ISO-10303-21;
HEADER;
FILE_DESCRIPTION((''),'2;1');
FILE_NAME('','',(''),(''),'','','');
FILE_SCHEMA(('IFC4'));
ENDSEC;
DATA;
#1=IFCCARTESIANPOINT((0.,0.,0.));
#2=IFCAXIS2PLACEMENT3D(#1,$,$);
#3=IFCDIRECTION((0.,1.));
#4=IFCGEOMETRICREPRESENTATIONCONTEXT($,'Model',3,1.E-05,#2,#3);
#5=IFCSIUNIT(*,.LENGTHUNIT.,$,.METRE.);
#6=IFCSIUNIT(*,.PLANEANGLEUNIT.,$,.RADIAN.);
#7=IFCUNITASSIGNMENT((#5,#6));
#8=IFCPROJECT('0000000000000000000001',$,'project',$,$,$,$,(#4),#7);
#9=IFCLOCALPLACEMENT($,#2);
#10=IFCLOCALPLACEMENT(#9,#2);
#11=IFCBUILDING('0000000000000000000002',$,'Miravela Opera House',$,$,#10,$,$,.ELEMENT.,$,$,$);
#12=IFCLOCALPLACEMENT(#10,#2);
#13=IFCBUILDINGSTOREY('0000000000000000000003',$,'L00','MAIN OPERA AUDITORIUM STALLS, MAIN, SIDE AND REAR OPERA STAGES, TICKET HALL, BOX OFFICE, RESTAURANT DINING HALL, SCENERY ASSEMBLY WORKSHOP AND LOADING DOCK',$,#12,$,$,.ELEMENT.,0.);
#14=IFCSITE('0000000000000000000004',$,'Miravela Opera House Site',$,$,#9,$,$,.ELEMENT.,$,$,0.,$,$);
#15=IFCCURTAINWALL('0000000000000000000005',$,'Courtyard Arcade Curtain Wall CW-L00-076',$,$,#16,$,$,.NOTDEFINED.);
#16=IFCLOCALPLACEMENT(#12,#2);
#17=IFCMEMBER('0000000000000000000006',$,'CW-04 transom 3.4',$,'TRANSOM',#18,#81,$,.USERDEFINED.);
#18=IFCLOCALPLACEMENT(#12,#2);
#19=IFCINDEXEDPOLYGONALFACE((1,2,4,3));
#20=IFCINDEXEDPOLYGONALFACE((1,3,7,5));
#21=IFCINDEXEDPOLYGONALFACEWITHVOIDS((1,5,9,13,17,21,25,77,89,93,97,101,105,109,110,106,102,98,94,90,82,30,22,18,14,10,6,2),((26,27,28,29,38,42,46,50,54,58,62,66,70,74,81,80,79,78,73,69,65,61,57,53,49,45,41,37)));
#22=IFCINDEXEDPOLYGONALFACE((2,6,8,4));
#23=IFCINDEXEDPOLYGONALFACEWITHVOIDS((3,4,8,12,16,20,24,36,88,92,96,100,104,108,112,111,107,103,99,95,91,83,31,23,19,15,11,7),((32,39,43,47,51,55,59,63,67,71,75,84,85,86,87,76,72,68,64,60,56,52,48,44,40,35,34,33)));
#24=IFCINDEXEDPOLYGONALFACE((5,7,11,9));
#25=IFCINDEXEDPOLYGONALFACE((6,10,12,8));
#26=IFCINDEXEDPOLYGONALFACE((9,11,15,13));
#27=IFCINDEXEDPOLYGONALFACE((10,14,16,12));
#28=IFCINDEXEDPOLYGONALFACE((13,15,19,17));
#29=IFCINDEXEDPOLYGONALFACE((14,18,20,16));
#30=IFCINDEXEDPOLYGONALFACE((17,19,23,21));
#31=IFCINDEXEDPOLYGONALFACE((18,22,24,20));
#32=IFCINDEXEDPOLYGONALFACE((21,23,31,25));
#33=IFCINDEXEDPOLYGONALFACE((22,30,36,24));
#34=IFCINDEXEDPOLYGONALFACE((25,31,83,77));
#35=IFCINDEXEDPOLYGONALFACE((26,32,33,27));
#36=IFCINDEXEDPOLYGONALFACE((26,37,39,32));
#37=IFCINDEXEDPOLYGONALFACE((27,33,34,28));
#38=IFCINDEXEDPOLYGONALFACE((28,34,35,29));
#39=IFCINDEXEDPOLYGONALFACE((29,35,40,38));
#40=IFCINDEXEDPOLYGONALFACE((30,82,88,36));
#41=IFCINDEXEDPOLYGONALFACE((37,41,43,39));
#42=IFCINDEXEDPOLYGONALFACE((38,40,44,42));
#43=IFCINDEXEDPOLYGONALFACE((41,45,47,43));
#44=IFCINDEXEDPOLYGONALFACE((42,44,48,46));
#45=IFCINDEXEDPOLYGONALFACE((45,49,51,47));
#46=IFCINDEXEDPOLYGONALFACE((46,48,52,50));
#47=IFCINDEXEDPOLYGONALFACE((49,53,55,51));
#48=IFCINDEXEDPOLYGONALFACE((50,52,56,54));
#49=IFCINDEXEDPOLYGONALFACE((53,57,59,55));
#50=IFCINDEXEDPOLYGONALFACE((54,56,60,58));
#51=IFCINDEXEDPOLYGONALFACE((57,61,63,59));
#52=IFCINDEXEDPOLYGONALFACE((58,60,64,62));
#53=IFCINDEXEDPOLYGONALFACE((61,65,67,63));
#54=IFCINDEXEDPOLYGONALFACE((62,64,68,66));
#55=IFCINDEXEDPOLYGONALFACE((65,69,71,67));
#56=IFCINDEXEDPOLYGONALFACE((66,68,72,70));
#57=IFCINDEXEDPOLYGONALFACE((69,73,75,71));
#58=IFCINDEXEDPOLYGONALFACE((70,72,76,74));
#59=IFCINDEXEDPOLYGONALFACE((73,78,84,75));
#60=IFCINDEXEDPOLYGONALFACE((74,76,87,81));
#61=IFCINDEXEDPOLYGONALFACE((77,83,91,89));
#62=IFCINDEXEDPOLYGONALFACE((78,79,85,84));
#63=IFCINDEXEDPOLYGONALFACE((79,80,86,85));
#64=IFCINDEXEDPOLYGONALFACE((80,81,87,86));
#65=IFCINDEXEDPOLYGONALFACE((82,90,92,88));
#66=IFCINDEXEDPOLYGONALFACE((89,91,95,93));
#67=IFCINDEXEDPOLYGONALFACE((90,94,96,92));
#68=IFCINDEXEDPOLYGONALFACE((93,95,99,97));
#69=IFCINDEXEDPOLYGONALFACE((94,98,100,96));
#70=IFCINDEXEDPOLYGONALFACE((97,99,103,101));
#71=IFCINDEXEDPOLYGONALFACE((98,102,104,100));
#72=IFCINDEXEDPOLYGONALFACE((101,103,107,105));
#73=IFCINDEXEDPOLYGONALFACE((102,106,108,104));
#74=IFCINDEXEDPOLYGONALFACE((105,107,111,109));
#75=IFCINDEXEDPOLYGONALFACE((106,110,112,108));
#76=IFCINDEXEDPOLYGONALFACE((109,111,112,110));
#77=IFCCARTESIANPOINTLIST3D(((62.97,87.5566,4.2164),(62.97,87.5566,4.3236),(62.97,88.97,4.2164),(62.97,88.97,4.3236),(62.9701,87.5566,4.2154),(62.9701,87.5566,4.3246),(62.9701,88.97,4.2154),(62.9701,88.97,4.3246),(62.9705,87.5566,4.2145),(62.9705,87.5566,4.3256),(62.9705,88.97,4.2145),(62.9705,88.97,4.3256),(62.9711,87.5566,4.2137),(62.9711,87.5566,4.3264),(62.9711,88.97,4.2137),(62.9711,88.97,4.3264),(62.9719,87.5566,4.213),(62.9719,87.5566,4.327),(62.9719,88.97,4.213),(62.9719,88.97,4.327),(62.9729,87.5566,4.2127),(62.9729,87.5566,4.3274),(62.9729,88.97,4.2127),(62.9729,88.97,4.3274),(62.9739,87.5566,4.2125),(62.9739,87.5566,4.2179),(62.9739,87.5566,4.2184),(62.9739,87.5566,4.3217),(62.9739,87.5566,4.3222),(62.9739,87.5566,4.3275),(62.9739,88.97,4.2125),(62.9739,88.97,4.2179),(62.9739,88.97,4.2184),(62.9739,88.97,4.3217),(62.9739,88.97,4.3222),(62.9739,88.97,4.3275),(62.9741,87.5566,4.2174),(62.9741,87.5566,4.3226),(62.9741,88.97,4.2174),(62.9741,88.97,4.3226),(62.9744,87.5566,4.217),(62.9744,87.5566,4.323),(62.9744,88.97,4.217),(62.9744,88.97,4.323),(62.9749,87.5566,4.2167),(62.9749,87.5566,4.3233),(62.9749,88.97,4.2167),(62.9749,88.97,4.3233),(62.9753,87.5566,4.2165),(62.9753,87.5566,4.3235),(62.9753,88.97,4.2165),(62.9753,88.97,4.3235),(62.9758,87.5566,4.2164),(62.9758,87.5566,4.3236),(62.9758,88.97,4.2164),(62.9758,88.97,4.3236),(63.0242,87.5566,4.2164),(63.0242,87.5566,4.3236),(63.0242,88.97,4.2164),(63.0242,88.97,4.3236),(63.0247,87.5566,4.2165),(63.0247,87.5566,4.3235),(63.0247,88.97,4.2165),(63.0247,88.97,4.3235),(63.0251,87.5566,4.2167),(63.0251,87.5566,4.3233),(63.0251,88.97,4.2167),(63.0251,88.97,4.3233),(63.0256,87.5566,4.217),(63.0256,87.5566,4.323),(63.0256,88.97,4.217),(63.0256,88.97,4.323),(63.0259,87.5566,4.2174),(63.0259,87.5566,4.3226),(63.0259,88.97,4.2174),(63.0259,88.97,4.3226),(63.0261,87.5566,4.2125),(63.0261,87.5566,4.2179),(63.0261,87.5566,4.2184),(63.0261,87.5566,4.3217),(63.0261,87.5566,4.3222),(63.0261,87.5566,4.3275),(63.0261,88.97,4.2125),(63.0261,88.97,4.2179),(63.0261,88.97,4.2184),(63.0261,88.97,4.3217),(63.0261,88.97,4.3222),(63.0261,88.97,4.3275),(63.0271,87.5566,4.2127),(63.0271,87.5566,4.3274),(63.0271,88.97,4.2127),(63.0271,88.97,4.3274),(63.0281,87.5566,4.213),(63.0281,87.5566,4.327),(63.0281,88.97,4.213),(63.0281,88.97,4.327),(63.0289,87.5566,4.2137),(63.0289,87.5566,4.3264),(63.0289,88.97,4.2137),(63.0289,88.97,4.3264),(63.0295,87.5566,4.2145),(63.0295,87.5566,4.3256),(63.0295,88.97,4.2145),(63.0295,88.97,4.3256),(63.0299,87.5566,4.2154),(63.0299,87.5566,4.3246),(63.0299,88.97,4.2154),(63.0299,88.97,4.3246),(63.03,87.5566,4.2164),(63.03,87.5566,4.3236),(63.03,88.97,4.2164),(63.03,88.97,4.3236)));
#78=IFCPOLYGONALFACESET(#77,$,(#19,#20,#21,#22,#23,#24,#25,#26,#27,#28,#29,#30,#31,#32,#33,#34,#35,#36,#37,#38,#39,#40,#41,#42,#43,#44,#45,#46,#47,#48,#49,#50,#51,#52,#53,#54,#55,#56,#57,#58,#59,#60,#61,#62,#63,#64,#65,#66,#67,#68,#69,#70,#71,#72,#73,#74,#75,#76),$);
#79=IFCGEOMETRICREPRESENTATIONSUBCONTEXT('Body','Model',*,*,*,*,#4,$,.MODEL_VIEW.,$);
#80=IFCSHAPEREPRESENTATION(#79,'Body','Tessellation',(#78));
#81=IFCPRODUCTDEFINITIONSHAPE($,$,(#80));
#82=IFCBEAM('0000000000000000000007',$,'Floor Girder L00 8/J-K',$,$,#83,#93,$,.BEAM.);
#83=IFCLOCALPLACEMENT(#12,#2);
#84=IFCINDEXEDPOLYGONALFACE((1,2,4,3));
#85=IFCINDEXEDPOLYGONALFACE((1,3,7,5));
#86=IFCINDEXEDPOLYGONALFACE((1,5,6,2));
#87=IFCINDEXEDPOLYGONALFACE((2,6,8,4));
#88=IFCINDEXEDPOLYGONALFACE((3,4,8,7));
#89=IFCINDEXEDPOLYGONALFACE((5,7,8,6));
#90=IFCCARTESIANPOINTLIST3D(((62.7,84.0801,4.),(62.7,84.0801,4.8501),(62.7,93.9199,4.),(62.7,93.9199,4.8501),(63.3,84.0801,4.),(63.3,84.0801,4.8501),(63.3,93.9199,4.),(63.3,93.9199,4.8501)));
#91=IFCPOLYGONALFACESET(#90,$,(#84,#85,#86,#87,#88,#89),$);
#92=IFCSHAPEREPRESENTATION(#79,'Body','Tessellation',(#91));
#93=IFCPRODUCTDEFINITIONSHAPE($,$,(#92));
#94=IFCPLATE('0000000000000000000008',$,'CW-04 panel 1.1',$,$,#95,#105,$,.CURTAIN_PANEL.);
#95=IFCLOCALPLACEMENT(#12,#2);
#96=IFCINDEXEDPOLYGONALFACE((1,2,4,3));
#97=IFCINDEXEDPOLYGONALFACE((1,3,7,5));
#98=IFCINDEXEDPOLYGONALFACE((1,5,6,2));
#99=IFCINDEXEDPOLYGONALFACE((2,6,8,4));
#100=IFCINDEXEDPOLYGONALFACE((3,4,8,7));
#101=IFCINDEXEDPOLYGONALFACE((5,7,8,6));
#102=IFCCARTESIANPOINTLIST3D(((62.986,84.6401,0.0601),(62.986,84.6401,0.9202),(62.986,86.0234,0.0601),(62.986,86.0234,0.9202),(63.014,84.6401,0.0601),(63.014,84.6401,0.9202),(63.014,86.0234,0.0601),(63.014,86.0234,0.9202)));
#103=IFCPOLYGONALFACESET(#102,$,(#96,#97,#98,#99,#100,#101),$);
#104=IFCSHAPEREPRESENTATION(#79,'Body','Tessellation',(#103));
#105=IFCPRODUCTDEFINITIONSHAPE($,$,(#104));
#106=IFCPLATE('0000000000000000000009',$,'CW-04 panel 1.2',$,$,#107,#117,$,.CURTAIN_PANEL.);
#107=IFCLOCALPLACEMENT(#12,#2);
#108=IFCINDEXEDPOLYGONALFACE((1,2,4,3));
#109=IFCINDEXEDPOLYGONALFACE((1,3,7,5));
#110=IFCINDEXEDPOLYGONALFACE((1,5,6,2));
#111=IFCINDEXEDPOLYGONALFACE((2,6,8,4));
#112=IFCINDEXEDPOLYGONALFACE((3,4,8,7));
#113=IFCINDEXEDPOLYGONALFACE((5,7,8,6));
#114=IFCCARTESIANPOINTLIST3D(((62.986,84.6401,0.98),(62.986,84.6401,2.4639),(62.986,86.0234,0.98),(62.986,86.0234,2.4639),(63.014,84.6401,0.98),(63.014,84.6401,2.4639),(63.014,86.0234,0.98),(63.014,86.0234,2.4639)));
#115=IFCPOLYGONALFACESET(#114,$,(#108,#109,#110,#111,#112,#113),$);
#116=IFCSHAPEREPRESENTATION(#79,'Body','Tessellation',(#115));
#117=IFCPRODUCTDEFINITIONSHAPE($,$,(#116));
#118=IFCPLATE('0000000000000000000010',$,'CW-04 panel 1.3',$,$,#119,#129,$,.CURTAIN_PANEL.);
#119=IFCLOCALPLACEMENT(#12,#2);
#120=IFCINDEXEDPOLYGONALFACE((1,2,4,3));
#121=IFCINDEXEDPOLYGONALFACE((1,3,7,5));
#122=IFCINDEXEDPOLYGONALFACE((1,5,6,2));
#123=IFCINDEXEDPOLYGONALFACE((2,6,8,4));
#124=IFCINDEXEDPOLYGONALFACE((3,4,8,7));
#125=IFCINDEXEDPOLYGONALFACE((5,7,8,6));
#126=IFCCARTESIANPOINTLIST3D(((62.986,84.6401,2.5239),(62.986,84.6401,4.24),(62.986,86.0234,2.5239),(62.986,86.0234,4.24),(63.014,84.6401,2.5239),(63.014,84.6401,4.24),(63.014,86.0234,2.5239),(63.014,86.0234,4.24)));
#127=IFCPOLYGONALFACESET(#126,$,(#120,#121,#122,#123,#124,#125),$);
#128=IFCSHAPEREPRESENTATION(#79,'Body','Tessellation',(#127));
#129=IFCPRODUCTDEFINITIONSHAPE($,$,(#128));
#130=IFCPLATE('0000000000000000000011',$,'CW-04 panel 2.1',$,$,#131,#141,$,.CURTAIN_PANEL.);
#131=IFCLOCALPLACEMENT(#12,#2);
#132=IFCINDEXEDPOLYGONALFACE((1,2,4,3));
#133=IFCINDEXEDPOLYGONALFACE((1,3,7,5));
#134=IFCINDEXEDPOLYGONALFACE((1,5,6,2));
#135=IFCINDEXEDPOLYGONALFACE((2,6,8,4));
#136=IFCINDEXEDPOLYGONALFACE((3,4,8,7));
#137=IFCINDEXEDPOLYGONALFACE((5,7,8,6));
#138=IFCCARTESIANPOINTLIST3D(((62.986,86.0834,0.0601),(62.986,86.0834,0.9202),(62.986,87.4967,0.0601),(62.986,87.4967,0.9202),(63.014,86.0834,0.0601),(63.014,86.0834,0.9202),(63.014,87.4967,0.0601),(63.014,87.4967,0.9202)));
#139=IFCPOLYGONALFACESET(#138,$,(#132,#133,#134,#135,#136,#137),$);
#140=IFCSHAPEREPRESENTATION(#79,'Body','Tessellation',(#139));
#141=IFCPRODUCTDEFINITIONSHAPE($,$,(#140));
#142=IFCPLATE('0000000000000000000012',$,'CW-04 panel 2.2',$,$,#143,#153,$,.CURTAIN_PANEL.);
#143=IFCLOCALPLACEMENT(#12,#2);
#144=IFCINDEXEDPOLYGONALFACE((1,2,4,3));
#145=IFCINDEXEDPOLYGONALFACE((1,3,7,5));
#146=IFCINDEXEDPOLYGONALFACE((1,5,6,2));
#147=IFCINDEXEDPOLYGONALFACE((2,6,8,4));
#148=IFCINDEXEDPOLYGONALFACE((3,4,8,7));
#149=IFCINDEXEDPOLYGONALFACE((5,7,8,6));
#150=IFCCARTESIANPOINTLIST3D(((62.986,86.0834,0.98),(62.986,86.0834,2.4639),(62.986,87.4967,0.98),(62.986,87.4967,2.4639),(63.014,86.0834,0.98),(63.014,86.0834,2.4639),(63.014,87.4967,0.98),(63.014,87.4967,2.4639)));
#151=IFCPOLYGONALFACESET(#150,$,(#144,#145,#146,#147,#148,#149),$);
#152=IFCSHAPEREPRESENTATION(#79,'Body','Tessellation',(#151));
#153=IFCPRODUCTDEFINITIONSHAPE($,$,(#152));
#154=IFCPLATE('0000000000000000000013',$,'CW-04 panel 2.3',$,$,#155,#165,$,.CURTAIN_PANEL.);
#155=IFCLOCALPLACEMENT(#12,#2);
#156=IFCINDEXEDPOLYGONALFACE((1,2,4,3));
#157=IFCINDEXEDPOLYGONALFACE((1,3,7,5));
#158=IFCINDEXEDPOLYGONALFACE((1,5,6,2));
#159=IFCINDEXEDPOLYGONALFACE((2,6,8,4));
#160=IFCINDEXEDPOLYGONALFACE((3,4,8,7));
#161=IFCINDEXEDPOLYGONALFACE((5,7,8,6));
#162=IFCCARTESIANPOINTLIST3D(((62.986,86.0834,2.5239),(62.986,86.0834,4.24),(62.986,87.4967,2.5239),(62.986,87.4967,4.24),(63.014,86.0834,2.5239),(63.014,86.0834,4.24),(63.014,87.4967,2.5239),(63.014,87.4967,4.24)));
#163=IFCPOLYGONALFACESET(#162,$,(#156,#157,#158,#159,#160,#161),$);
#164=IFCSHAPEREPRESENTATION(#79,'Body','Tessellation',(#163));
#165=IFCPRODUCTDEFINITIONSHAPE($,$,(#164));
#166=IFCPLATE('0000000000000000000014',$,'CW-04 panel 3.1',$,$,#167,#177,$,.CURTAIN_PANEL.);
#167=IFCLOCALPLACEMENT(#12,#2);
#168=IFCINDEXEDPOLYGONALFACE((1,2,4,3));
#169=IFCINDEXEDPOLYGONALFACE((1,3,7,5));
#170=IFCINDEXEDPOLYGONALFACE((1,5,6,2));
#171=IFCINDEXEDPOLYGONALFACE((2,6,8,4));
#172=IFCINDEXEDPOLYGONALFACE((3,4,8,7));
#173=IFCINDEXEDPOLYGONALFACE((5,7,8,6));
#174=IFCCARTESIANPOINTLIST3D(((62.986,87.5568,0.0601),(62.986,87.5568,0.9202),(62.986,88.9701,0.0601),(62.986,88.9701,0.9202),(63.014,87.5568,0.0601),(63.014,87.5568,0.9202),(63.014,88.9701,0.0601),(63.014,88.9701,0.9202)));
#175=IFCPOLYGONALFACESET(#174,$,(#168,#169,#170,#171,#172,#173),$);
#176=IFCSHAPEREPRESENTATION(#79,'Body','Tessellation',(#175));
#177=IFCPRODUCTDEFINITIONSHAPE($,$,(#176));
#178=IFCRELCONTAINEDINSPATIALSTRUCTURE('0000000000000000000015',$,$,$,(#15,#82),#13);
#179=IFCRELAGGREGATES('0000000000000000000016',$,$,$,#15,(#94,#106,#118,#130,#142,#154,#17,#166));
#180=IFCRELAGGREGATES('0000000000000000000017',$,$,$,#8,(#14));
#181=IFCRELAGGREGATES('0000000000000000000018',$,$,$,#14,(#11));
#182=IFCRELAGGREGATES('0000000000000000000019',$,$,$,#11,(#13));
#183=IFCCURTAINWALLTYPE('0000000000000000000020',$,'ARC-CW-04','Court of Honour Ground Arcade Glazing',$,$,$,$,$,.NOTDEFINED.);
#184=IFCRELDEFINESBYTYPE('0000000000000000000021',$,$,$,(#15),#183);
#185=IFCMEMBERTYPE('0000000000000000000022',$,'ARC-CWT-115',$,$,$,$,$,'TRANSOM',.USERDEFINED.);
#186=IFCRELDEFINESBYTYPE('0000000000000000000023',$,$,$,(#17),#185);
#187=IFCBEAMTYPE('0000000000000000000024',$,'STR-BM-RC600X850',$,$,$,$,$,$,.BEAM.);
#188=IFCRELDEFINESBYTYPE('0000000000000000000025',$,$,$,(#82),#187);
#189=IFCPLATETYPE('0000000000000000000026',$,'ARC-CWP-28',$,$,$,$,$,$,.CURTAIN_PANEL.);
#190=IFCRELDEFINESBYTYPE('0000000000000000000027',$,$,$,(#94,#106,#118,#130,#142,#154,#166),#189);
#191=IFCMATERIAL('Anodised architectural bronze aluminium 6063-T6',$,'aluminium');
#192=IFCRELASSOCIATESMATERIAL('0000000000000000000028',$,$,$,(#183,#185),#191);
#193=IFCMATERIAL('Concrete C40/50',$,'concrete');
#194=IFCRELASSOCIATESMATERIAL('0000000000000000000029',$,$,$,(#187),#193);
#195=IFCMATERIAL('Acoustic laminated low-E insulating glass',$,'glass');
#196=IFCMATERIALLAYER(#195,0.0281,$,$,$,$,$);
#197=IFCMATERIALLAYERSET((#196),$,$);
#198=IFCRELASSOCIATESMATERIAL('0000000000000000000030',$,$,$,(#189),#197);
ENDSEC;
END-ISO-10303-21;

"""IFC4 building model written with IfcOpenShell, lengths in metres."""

from ifc_helpers import new_model, si_unit, direction, frame, origin, origin_2d, place, context, subcontext, project, spatial, rectangle, hollow_rectangle, extrude, material, layer, layer_set, material_profile, profile_set, type_object, element, aggregate, save


model = new_model("IFC4")

# Units and contexts
model_context = context("Model", 3, precision=1e-05, world=origin(), true_north=direction((0.0, 1.0)))
body_context = subcontext(model_context, "Body", "Model", "MODEL_VIEW")
ifc_project = project(units=[si_unit("LENGTHUNIT", "METRE"), si_unit("PLANEANGLEUNIT", "RADIAN")], contexts=[model_context])

# Site, building, storey
site_placement = place(None, origin())
site = spatial("IfcSite", under=ifc_project, at=site_placement, Name="Miravela Opera House Site", CompositionType="ELEMENT", RefElevation=0.0)
building_placement = place(site_placement, origin())
building = spatial("IfcBuilding", under=site, at=building_placement, Name="Miravela Opera House", CompositionType="ELEMENT")
storey_placement = place(building_placement, origin())
storey = spatial("IfcBuildingStorey", under=building, at=storey_placement, Name="L00", Description="MAIN OPERA AUDITORIUM STALLS, MAIN, SIDE AND REAR OPERA STAGES, TICKET HALL, BOX OFFICE, RESTAURANT DINING HALL, SCENERY ASSEMBLY WORKSHOP AND LOADING DOCK", CompositionType="ELEMENT", Elevation=0.0)

# Curtain wall, member
ifc_material_1 = material(Name="Anodised architectural bronze aluminium 6063-T6", Category="aluminium")
curtain_wall_type = type_object("IfcCurtainWallType", Name="ARC-CW-04", Description="Court of Honour Ground Arcade Glazing", PredefinedType="NOTDEFINED", material=ifc_material_1)
curtain_wall_placement = place(storey_placement, origin())
curtain_wall = element("IfcCurtainWall", 1, at=curtain_wall_placement, inside=storey, type_object=curtain_wall_type, Name="Courtyard Arcade Curtain Wall CW-L00-076", PredefinedType="NOTDEFINED")
ifc_material_profile_1 = material_profile(ifc_material_1, hollow_rectangle(XDim=0.0601, YDim=0.115, WallThickness=0.0039, InnerFilletRadius=0.002, OuterFilletRadius=0.0039, at=origin_2d()), Name="CWT-60X115")
ifc_profile_set_1 = profile_set([ifc_material_profile_1])
member_type_1 = type_object("IfcMemberType", Name="ARC-CWT-115", ElementType="TRANSOM", PredefinedType="USERDEFINED", material=ifc_profile_set_1)
member_1_placement = place(storey_placement, frame((63.0, 87.5566, 4.27), z_axis=(0.0, 1.0, 0.0), x_axis=(-1.0, 0.0, 0.0)))
member_1 = element("IfcMember", 2, at=member_1_placement, type_object=member_type_1, Name="CW-04 transom 3.4", ObjectType="TRANSOM", PredefinedType="USERDEFINED", context=body_context, shape_type="SweptSolid", body=[
    extrude(hollow_rectangle(XDim=0.0601, YDim=0.115, WallThickness=0.0039, InnerFilletRadius=0.002, OuterFilletRadius=0.0039, at=origin_2d()), origin(), (0.0, 0.0, 1.0), 1.4133),
])

# Beam
ifc_material_2 = material(Name="Concrete C40/50", Category="concrete")
ifc_material_profile_2 = material_profile(ifc_material_2, rectangle(XDim=0.6001, YDim=0.8501, at=origin_2d()), Name="RC-BM-600X850")
ifc_profile_set_2 = profile_set([ifc_material_profile_2])
beam_type = type_object("IfcBeamType", Name="STR-BM-RC600X850", PredefinedType="BEAM", material=ifc_profile_set_2)
beam_placement = place(storey_placement, frame((63.0, 84.0801, 4.425), z_axis=(0.0, 1.0, 0.0), x_axis=(-1.0, 0.0, 0.0)))
element("IfcBeam", 3, at=beam_placement, inside=storey, type_object=beam_type, Name="Floor Girder L00 8/J-K", PredefinedType="BEAM", context=body_context, shape_type="SweptSolid", body=[
    extrude(rectangle(XDim=0.6001, YDim=0.8501, at=origin_2d()), origin(), (0.0, 0.0, 1.0), 9.8398),
])

# Plates
ifc_material_3 = material(Name="Acoustic laminated low-E insulating glass", Category="glass")
ifc_layer = layer(ifc_material_3, 0.0281)
ifc_layer_set = layer_set([ifc_layer])
plate_type = type_object("IfcPlateType", Name="ARC-CWP-28", PredefinedType="CURTAIN_PANEL", material=ifc_layer_set)
plate_1_placement = place(storey_placement, frame((63.0, 85.3318, 0.0601), z_axis=(0.0, 0.0, 1.0), x_axis=(0.0, 1.0, 0.0)))
plate_1 = element("IfcPlate", 4, at=plate_1_placement, type_object=plate_type, Name="CW-04 panel 1.1", PredefinedType="CURTAIN_PANEL", context=body_context, shape_type="SweptSolid", body=[
    extrude(rectangle(XDim=1.3833, YDim=0.0281, at=origin_2d()), origin(), (0.0, 0.0, 1.0), 0.8601),
])
plate_2_placement = place(storey_placement, frame((63.0, 85.3318, 0.98), z_axis=(0.0, 0.0, 1.0), x_axis=(0.0, 1.0, 0.0)))
plate_2 = element("IfcPlate", 5, at=plate_2_placement, type_object=plate_type, Name="CW-04 panel 1.2", PredefinedType="CURTAIN_PANEL", context=body_context, shape_type="SweptSolid", body=[
    extrude(rectangle(XDim=1.3833, YDim=0.0281, at=origin_2d()), origin(), (0.0, 0.0, 1.0), 1.4839),
])
plate_3_placement = place(storey_placement, frame((63.0, 85.3318, 2.5239), z_axis=(0.0, 0.0, 1.0), x_axis=(0.0, 1.0, 0.0)))
plate_3 = element("IfcPlate", 6, at=plate_3_placement, type_object=plate_type, Name="CW-04 panel 1.3", PredefinedType="CURTAIN_PANEL", context=body_context, shape_type="SweptSolid", body=[
    extrude(rectangle(XDim=1.3833, YDim=0.0281, at=origin_2d()), origin(), (0.0, 0.0, 1.0), 1.7161),
])
plate_4_placement = place(storey_placement, frame((63.0, 86.79, 0.0601), z_axis=(0.0, 0.0, 1.0), x_axis=(0.0, 1.0, 0.0)))
plate_4 = element("IfcPlate", 7, at=plate_4_placement, type_object=plate_type, Name="CW-04 panel 2.1", PredefinedType="CURTAIN_PANEL", context=body_context, shape_type="SweptSolid", body=[
    extrude(rectangle(XDim=1.4133, YDim=0.0281, at=origin_2d()), origin(), (0.0, 0.0, 1.0), 0.8601),
])
plate_5_placement = place(storey_placement, frame((63.0, 86.79, 0.98), z_axis=(0.0, 0.0, 1.0), x_axis=(0.0, 1.0, 0.0)))
plate_5 = element("IfcPlate", 8, at=plate_5_placement, type_object=plate_type, Name="CW-04 panel 2.2", PredefinedType="CURTAIN_PANEL", context=body_context, shape_type="SweptSolid", body=[
    extrude(rectangle(XDim=1.4133, YDim=0.0281, at=origin_2d()), origin(), (0.0, 0.0, 1.0), 1.4839),
])
plate_6_placement = place(storey_placement, frame((63.0, 86.79, 2.5239), z_axis=(0.0, 0.0, 1.0), x_axis=(0.0, 1.0, 0.0)))
plate_6 = element("IfcPlate", 9, at=plate_6_placement, type_object=plate_type, Name="CW-04 panel 2.3", PredefinedType="CURTAIN_PANEL", context=body_context, shape_type="SweptSolid", body=[
    extrude(rectangle(XDim=1.4133, YDim=0.0281, at=origin_2d()), origin(), (0.0, 0.0, 1.0), 1.7161),
])
plate_7_placement = place(storey_placement, frame((63.0, 88.2634, 0.0601), z_axis=(0.0, 0.0, 1.0), x_axis=(0.0, 1.0, 0.0)))
plate_7 = element("IfcPlate", 10, at=plate_7_placement, type_object=plate_type, Name="CW-04 panel 3.1", PredefinedType="CURTAIN_PANEL", context=body_context, shape_type="SweptSolid", body=[
    extrude(rectangle(XDim=1.4133, YDim=0.0281, at=origin_2d()), origin(), (0.0, 0.0, 1.0), 0.8601),
])
aggregate(curtain_wall, [plate_1, plate_2, plate_3, plate_4, plate_5, plate_6, member_1, plate_7])

save(model, "model.ifc")
